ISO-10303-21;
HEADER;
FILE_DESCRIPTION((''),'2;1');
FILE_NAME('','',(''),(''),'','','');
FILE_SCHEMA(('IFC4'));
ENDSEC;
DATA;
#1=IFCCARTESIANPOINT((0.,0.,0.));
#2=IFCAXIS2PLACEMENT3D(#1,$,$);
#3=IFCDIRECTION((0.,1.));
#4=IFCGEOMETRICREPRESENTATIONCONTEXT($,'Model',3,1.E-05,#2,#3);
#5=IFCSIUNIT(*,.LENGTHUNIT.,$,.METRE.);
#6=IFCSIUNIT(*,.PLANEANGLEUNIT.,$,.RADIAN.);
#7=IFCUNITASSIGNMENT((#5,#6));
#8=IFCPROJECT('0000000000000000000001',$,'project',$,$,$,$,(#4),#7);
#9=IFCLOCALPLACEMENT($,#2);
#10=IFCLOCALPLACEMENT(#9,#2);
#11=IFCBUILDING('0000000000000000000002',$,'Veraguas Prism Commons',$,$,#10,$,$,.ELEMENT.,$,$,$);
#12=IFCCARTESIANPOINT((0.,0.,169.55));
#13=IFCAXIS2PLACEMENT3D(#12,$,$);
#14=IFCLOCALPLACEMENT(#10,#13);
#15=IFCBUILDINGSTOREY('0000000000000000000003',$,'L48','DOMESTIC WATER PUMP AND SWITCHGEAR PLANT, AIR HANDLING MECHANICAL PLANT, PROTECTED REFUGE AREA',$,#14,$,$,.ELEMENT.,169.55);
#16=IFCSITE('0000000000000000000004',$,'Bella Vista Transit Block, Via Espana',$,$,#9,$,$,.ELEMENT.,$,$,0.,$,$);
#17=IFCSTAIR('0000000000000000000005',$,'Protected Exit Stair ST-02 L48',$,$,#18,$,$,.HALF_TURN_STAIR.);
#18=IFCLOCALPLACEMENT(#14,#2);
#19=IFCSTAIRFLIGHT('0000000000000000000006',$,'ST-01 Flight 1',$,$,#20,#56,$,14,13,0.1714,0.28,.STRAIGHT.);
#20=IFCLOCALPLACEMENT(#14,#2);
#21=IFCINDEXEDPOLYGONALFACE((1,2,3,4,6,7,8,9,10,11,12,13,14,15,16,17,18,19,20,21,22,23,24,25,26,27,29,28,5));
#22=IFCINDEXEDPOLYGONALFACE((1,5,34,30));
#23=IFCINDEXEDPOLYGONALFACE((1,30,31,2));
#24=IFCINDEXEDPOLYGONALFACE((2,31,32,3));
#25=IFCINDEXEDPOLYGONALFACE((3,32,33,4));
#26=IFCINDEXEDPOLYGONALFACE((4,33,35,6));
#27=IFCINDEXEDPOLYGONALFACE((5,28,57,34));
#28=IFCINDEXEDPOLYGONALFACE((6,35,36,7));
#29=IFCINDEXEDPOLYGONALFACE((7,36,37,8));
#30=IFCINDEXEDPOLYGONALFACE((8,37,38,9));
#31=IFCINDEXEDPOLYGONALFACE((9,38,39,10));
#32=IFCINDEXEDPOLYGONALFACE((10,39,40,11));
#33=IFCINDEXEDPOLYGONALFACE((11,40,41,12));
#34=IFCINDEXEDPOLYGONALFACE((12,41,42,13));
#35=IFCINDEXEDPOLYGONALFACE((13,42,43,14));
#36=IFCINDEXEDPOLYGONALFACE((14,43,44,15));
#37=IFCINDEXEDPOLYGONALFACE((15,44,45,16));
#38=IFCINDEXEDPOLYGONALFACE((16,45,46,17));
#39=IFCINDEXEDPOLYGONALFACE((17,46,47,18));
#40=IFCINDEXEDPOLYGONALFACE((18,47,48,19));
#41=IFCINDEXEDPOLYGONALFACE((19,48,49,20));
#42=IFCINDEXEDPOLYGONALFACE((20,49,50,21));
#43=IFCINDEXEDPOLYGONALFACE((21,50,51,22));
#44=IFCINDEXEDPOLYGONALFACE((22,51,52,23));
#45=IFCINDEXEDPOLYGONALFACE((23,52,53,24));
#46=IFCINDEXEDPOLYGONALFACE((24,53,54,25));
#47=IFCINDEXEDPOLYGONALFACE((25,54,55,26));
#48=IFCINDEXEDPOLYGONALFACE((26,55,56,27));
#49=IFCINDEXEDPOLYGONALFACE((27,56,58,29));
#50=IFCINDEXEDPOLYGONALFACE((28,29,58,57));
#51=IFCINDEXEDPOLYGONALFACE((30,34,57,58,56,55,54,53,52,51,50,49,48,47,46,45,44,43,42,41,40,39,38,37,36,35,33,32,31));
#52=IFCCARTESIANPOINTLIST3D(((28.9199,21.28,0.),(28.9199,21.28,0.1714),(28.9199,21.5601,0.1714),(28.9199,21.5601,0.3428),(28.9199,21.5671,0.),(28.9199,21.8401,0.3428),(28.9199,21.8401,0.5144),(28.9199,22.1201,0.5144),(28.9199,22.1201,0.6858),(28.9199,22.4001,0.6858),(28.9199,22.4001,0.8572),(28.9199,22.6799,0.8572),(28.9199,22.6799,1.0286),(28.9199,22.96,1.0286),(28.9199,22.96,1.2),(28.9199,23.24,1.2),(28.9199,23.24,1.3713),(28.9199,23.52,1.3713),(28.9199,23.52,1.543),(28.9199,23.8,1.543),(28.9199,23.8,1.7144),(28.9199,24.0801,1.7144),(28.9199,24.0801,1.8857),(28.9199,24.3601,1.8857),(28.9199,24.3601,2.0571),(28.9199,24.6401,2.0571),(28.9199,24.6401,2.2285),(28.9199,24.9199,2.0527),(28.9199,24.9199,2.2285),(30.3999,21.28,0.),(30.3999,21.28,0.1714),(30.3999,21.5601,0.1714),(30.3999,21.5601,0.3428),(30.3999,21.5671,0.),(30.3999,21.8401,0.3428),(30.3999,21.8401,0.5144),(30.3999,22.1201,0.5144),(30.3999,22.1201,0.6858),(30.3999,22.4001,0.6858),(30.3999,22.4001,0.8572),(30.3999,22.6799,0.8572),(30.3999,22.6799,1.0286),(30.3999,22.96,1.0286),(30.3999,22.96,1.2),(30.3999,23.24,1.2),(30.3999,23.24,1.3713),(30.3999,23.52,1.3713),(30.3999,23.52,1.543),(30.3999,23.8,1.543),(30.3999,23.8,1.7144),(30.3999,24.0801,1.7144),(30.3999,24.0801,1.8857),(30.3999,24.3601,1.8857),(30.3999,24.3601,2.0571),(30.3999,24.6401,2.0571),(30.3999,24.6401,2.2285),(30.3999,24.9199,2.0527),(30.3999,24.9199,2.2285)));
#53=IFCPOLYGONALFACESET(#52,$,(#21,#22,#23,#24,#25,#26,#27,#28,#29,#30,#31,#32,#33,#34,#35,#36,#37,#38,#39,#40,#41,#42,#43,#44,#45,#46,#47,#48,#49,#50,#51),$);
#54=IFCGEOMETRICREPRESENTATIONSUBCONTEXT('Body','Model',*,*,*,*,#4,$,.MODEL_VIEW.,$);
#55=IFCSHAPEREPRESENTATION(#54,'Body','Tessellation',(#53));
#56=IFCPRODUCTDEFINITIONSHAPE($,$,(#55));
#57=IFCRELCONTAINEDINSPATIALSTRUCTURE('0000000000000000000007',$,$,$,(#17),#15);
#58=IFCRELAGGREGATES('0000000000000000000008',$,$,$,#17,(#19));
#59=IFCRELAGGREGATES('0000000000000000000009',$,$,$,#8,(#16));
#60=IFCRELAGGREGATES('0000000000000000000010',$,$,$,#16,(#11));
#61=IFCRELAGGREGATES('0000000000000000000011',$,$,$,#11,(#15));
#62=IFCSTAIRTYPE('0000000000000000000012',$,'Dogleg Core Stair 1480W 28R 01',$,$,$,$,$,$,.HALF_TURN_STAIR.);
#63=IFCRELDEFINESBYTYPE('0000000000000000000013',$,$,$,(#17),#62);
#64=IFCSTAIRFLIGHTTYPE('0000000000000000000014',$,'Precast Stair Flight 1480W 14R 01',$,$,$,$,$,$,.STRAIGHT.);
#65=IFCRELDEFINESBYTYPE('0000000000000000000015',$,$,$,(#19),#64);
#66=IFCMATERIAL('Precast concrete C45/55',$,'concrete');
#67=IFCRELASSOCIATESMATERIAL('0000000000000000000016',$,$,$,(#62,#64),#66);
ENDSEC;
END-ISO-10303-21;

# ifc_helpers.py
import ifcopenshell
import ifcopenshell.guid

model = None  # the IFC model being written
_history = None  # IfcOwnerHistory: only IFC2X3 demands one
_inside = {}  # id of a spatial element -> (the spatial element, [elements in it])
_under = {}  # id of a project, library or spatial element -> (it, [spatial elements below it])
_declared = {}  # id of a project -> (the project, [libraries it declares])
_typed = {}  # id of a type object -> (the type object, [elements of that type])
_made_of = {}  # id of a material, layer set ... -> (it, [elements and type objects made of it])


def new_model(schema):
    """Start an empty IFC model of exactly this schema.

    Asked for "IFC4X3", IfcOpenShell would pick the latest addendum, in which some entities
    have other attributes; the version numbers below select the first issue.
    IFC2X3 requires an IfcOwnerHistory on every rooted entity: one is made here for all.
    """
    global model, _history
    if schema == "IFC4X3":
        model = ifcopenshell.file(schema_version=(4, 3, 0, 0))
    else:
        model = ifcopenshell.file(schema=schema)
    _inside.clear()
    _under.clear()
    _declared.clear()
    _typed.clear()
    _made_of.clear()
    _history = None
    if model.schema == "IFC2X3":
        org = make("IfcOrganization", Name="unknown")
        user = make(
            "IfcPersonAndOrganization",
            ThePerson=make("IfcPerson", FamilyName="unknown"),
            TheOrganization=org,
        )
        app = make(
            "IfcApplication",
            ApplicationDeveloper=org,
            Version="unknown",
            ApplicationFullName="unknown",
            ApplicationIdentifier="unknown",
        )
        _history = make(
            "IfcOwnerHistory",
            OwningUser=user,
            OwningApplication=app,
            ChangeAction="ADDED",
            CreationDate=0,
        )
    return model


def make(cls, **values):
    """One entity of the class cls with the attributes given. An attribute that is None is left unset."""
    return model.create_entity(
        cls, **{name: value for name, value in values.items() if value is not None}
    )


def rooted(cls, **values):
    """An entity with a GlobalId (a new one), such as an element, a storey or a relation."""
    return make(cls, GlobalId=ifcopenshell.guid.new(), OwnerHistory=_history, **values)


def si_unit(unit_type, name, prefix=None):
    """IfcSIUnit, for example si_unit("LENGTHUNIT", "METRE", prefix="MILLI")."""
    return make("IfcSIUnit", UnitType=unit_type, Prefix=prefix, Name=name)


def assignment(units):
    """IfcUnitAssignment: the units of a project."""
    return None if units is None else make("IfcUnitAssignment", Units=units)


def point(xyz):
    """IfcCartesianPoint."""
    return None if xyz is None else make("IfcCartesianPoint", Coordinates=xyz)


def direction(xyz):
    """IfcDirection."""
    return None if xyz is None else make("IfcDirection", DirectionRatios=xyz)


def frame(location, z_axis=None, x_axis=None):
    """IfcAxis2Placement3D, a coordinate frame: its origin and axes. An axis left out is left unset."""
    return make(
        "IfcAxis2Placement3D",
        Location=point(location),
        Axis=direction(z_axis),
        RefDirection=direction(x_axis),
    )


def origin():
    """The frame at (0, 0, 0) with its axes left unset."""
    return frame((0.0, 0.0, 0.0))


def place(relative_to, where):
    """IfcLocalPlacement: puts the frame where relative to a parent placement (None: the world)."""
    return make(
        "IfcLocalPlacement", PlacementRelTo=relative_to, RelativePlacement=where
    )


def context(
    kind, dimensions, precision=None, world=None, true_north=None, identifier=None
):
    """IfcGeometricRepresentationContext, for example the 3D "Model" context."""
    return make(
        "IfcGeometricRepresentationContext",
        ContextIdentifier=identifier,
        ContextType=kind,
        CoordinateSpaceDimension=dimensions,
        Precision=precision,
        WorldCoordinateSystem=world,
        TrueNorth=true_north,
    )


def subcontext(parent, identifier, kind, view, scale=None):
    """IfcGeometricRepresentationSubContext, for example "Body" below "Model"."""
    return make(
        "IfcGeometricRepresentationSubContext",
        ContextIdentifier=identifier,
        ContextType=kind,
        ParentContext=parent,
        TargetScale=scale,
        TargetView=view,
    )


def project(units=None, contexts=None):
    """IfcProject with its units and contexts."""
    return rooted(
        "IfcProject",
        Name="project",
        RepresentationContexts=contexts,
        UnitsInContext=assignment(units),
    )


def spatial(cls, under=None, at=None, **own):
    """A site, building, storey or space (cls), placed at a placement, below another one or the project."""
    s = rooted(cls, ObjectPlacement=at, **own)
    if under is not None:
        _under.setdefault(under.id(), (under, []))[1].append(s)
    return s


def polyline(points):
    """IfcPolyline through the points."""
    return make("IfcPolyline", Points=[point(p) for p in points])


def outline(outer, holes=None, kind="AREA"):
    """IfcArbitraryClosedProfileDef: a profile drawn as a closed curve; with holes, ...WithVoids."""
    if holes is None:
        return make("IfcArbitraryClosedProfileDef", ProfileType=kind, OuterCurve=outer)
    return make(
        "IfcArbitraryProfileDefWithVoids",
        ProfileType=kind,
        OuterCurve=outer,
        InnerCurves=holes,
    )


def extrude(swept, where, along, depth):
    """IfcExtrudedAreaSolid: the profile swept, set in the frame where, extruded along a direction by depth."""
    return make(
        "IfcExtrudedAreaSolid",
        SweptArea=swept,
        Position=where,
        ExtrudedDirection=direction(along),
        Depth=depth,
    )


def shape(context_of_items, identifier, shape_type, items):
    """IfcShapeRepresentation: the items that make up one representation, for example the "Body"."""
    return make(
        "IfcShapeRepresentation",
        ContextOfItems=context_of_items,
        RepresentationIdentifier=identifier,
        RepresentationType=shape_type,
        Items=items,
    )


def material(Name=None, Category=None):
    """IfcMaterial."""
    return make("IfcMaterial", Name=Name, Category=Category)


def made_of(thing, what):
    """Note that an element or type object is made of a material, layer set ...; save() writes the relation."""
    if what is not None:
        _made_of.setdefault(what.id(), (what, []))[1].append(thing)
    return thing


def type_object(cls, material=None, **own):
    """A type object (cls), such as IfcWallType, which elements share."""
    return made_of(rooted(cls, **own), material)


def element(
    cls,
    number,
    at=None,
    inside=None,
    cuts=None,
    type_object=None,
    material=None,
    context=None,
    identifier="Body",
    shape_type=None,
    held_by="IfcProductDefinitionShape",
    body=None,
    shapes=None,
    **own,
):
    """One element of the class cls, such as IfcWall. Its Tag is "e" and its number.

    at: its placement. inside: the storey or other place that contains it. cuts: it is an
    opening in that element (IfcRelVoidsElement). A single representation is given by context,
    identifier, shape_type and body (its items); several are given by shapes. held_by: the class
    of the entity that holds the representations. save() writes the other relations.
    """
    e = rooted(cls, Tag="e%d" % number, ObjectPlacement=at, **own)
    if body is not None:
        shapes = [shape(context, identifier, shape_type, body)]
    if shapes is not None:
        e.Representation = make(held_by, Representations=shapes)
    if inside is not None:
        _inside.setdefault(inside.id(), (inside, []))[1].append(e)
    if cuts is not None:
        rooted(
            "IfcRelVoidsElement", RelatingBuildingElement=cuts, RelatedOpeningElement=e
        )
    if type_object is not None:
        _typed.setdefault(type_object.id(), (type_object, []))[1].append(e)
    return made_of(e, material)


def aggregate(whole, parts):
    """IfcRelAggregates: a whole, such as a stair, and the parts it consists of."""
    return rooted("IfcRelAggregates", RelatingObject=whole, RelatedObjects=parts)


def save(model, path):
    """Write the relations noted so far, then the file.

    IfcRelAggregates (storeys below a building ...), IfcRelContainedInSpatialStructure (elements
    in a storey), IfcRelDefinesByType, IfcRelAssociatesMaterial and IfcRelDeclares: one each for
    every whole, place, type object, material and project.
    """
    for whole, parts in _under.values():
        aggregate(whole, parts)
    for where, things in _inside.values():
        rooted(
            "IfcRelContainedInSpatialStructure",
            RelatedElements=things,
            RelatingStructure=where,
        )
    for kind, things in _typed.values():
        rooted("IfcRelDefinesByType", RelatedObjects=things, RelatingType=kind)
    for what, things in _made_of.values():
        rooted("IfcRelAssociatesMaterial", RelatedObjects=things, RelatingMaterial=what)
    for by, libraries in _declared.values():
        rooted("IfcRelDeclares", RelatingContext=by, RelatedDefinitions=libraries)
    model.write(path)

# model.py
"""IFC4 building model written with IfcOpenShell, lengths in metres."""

from ifc_helpers import new_model, si_unit, direction, frame, origin, place, context, subcontext, project, spatial, polyline, outline, extrude, material, type_object, element, aggregate, save


model = new_model("IFC4")

# Units and contexts
model_context = context("Model", 3, precision=1e-05, world=origin(), true_north=direction((0.0, 1.0)))
body_context = subcontext(model_context, "Body", "Model", "MODEL_VIEW")
ifc_project = project(units=[si_unit("LENGTHUNIT", "METRE"), si_unit("PLANEANGLEUNIT", "RADIAN")], contexts=[model_context])

# Site, building, storey
site_placement = place(None, origin())
site = spatial("IfcSite", under=ifc_project, at=site_placement, Name="Bella Vista Transit Block, Via Espana", CompositionType="ELEMENT", RefElevation=0.0)
building_placement = place(site_placement, origin())
building = spatial("IfcBuilding", under=site, at=building_placement, Name="Veraguas Prism Commons", CompositionType="ELEMENT")
storey_placement = place(building_placement, frame((0.0, 0.0, 169.55)))
storey = spatial("IfcBuildingStorey", under=building, at=storey_placement, Name="L48", Description="DOMESTIC WATER PUMP AND SWITCHGEAR PLANT, AIR HANDLING MECHANICAL PLANT, PROTECTED REFUGE AREA", CompositionType="ELEMENT", Elevation=169.55)

# Stair, stair flight
ifc_material_1 = material(Name="Precast concrete C45/55", Category="concrete")
stair_type = type_object("IfcStairType", Name="Dogleg Core Stair 1480W 28R 01", PredefinedType="HALF_TURN_STAIR", material=ifc_material_1)
stair_placement = place(storey_placement, origin())
stair = element("IfcStair", 1, at=stair_placement, inside=storey, type_object=stair_type, Name="Protected Exit Stair ST-02 L48", PredefinedType="HALF_TURN_STAIR")
stair_flight_type = type_object("IfcStairFlightType", Name="Precast Stair Flight 1480W 14R 01", PredefinedType="STRAIGHT", material=ifc_material_1)
stair_flight_placement = place(storey_placement, frame((29.6599, 21.28, 0.0), z_axis=(0.0, 0.0, 1.0), x_axis=(0.0, 1.0, 0.0)))
stair_flight = element("IfcStairFlight", 2, at=stair_flight_placement, type_object=stair_flight_type, Name="ST-01 Flight 1", NumberOfRisers=14, NumberOfTreads=13, PredefinedType="STRAIGHT", RiserHeight=0.1714, TreadLength=0.28, context=body_context, shape_type="SweptSolid", body=[
    extrude(outline(polyline([(0.0, 0.0), (0.0, 0.1714), (0.28, 0.1714), (0.28, 0.3428), (0.5601, 0.3428), (0.5601, 0.5144), (0.8401, 0.5144), (0.8401, 0.6858), (1.1201, 0.6858), (1.1201, 0.8572), (1.3999, 0.8572), (1.3999, 1.0286), (1.6799, 1.0286), (1.6799, 1.2), (1.96, 1.2), (1.96, 1.3713), (2.24, 1.3713), (2.24, 1.543), (2.52, 1.543), (2.52, 1.7144), (2.8, 1.7144), (2.8, 1.8857), (3.0801, 1.8857), (3.0801, 2.0571), (3.3601, 2.0571), (3.3601, 2.2285), (3.6399, 2.2285), (3.6399, 2.3999), (3.6399, 2.0527), (0.2871, 0.0), (0.0, 0.0)])), frame((0.0, 0.74, 0.0), z_axis=(0.0, -1.0, 0.0), x_axis=(1.0, 0.0, 0.0)), (0.0, 0.0, 1.0), 1.48),
])
aggregate(stair, [stair_flight])

save(model, "model.ifc")
